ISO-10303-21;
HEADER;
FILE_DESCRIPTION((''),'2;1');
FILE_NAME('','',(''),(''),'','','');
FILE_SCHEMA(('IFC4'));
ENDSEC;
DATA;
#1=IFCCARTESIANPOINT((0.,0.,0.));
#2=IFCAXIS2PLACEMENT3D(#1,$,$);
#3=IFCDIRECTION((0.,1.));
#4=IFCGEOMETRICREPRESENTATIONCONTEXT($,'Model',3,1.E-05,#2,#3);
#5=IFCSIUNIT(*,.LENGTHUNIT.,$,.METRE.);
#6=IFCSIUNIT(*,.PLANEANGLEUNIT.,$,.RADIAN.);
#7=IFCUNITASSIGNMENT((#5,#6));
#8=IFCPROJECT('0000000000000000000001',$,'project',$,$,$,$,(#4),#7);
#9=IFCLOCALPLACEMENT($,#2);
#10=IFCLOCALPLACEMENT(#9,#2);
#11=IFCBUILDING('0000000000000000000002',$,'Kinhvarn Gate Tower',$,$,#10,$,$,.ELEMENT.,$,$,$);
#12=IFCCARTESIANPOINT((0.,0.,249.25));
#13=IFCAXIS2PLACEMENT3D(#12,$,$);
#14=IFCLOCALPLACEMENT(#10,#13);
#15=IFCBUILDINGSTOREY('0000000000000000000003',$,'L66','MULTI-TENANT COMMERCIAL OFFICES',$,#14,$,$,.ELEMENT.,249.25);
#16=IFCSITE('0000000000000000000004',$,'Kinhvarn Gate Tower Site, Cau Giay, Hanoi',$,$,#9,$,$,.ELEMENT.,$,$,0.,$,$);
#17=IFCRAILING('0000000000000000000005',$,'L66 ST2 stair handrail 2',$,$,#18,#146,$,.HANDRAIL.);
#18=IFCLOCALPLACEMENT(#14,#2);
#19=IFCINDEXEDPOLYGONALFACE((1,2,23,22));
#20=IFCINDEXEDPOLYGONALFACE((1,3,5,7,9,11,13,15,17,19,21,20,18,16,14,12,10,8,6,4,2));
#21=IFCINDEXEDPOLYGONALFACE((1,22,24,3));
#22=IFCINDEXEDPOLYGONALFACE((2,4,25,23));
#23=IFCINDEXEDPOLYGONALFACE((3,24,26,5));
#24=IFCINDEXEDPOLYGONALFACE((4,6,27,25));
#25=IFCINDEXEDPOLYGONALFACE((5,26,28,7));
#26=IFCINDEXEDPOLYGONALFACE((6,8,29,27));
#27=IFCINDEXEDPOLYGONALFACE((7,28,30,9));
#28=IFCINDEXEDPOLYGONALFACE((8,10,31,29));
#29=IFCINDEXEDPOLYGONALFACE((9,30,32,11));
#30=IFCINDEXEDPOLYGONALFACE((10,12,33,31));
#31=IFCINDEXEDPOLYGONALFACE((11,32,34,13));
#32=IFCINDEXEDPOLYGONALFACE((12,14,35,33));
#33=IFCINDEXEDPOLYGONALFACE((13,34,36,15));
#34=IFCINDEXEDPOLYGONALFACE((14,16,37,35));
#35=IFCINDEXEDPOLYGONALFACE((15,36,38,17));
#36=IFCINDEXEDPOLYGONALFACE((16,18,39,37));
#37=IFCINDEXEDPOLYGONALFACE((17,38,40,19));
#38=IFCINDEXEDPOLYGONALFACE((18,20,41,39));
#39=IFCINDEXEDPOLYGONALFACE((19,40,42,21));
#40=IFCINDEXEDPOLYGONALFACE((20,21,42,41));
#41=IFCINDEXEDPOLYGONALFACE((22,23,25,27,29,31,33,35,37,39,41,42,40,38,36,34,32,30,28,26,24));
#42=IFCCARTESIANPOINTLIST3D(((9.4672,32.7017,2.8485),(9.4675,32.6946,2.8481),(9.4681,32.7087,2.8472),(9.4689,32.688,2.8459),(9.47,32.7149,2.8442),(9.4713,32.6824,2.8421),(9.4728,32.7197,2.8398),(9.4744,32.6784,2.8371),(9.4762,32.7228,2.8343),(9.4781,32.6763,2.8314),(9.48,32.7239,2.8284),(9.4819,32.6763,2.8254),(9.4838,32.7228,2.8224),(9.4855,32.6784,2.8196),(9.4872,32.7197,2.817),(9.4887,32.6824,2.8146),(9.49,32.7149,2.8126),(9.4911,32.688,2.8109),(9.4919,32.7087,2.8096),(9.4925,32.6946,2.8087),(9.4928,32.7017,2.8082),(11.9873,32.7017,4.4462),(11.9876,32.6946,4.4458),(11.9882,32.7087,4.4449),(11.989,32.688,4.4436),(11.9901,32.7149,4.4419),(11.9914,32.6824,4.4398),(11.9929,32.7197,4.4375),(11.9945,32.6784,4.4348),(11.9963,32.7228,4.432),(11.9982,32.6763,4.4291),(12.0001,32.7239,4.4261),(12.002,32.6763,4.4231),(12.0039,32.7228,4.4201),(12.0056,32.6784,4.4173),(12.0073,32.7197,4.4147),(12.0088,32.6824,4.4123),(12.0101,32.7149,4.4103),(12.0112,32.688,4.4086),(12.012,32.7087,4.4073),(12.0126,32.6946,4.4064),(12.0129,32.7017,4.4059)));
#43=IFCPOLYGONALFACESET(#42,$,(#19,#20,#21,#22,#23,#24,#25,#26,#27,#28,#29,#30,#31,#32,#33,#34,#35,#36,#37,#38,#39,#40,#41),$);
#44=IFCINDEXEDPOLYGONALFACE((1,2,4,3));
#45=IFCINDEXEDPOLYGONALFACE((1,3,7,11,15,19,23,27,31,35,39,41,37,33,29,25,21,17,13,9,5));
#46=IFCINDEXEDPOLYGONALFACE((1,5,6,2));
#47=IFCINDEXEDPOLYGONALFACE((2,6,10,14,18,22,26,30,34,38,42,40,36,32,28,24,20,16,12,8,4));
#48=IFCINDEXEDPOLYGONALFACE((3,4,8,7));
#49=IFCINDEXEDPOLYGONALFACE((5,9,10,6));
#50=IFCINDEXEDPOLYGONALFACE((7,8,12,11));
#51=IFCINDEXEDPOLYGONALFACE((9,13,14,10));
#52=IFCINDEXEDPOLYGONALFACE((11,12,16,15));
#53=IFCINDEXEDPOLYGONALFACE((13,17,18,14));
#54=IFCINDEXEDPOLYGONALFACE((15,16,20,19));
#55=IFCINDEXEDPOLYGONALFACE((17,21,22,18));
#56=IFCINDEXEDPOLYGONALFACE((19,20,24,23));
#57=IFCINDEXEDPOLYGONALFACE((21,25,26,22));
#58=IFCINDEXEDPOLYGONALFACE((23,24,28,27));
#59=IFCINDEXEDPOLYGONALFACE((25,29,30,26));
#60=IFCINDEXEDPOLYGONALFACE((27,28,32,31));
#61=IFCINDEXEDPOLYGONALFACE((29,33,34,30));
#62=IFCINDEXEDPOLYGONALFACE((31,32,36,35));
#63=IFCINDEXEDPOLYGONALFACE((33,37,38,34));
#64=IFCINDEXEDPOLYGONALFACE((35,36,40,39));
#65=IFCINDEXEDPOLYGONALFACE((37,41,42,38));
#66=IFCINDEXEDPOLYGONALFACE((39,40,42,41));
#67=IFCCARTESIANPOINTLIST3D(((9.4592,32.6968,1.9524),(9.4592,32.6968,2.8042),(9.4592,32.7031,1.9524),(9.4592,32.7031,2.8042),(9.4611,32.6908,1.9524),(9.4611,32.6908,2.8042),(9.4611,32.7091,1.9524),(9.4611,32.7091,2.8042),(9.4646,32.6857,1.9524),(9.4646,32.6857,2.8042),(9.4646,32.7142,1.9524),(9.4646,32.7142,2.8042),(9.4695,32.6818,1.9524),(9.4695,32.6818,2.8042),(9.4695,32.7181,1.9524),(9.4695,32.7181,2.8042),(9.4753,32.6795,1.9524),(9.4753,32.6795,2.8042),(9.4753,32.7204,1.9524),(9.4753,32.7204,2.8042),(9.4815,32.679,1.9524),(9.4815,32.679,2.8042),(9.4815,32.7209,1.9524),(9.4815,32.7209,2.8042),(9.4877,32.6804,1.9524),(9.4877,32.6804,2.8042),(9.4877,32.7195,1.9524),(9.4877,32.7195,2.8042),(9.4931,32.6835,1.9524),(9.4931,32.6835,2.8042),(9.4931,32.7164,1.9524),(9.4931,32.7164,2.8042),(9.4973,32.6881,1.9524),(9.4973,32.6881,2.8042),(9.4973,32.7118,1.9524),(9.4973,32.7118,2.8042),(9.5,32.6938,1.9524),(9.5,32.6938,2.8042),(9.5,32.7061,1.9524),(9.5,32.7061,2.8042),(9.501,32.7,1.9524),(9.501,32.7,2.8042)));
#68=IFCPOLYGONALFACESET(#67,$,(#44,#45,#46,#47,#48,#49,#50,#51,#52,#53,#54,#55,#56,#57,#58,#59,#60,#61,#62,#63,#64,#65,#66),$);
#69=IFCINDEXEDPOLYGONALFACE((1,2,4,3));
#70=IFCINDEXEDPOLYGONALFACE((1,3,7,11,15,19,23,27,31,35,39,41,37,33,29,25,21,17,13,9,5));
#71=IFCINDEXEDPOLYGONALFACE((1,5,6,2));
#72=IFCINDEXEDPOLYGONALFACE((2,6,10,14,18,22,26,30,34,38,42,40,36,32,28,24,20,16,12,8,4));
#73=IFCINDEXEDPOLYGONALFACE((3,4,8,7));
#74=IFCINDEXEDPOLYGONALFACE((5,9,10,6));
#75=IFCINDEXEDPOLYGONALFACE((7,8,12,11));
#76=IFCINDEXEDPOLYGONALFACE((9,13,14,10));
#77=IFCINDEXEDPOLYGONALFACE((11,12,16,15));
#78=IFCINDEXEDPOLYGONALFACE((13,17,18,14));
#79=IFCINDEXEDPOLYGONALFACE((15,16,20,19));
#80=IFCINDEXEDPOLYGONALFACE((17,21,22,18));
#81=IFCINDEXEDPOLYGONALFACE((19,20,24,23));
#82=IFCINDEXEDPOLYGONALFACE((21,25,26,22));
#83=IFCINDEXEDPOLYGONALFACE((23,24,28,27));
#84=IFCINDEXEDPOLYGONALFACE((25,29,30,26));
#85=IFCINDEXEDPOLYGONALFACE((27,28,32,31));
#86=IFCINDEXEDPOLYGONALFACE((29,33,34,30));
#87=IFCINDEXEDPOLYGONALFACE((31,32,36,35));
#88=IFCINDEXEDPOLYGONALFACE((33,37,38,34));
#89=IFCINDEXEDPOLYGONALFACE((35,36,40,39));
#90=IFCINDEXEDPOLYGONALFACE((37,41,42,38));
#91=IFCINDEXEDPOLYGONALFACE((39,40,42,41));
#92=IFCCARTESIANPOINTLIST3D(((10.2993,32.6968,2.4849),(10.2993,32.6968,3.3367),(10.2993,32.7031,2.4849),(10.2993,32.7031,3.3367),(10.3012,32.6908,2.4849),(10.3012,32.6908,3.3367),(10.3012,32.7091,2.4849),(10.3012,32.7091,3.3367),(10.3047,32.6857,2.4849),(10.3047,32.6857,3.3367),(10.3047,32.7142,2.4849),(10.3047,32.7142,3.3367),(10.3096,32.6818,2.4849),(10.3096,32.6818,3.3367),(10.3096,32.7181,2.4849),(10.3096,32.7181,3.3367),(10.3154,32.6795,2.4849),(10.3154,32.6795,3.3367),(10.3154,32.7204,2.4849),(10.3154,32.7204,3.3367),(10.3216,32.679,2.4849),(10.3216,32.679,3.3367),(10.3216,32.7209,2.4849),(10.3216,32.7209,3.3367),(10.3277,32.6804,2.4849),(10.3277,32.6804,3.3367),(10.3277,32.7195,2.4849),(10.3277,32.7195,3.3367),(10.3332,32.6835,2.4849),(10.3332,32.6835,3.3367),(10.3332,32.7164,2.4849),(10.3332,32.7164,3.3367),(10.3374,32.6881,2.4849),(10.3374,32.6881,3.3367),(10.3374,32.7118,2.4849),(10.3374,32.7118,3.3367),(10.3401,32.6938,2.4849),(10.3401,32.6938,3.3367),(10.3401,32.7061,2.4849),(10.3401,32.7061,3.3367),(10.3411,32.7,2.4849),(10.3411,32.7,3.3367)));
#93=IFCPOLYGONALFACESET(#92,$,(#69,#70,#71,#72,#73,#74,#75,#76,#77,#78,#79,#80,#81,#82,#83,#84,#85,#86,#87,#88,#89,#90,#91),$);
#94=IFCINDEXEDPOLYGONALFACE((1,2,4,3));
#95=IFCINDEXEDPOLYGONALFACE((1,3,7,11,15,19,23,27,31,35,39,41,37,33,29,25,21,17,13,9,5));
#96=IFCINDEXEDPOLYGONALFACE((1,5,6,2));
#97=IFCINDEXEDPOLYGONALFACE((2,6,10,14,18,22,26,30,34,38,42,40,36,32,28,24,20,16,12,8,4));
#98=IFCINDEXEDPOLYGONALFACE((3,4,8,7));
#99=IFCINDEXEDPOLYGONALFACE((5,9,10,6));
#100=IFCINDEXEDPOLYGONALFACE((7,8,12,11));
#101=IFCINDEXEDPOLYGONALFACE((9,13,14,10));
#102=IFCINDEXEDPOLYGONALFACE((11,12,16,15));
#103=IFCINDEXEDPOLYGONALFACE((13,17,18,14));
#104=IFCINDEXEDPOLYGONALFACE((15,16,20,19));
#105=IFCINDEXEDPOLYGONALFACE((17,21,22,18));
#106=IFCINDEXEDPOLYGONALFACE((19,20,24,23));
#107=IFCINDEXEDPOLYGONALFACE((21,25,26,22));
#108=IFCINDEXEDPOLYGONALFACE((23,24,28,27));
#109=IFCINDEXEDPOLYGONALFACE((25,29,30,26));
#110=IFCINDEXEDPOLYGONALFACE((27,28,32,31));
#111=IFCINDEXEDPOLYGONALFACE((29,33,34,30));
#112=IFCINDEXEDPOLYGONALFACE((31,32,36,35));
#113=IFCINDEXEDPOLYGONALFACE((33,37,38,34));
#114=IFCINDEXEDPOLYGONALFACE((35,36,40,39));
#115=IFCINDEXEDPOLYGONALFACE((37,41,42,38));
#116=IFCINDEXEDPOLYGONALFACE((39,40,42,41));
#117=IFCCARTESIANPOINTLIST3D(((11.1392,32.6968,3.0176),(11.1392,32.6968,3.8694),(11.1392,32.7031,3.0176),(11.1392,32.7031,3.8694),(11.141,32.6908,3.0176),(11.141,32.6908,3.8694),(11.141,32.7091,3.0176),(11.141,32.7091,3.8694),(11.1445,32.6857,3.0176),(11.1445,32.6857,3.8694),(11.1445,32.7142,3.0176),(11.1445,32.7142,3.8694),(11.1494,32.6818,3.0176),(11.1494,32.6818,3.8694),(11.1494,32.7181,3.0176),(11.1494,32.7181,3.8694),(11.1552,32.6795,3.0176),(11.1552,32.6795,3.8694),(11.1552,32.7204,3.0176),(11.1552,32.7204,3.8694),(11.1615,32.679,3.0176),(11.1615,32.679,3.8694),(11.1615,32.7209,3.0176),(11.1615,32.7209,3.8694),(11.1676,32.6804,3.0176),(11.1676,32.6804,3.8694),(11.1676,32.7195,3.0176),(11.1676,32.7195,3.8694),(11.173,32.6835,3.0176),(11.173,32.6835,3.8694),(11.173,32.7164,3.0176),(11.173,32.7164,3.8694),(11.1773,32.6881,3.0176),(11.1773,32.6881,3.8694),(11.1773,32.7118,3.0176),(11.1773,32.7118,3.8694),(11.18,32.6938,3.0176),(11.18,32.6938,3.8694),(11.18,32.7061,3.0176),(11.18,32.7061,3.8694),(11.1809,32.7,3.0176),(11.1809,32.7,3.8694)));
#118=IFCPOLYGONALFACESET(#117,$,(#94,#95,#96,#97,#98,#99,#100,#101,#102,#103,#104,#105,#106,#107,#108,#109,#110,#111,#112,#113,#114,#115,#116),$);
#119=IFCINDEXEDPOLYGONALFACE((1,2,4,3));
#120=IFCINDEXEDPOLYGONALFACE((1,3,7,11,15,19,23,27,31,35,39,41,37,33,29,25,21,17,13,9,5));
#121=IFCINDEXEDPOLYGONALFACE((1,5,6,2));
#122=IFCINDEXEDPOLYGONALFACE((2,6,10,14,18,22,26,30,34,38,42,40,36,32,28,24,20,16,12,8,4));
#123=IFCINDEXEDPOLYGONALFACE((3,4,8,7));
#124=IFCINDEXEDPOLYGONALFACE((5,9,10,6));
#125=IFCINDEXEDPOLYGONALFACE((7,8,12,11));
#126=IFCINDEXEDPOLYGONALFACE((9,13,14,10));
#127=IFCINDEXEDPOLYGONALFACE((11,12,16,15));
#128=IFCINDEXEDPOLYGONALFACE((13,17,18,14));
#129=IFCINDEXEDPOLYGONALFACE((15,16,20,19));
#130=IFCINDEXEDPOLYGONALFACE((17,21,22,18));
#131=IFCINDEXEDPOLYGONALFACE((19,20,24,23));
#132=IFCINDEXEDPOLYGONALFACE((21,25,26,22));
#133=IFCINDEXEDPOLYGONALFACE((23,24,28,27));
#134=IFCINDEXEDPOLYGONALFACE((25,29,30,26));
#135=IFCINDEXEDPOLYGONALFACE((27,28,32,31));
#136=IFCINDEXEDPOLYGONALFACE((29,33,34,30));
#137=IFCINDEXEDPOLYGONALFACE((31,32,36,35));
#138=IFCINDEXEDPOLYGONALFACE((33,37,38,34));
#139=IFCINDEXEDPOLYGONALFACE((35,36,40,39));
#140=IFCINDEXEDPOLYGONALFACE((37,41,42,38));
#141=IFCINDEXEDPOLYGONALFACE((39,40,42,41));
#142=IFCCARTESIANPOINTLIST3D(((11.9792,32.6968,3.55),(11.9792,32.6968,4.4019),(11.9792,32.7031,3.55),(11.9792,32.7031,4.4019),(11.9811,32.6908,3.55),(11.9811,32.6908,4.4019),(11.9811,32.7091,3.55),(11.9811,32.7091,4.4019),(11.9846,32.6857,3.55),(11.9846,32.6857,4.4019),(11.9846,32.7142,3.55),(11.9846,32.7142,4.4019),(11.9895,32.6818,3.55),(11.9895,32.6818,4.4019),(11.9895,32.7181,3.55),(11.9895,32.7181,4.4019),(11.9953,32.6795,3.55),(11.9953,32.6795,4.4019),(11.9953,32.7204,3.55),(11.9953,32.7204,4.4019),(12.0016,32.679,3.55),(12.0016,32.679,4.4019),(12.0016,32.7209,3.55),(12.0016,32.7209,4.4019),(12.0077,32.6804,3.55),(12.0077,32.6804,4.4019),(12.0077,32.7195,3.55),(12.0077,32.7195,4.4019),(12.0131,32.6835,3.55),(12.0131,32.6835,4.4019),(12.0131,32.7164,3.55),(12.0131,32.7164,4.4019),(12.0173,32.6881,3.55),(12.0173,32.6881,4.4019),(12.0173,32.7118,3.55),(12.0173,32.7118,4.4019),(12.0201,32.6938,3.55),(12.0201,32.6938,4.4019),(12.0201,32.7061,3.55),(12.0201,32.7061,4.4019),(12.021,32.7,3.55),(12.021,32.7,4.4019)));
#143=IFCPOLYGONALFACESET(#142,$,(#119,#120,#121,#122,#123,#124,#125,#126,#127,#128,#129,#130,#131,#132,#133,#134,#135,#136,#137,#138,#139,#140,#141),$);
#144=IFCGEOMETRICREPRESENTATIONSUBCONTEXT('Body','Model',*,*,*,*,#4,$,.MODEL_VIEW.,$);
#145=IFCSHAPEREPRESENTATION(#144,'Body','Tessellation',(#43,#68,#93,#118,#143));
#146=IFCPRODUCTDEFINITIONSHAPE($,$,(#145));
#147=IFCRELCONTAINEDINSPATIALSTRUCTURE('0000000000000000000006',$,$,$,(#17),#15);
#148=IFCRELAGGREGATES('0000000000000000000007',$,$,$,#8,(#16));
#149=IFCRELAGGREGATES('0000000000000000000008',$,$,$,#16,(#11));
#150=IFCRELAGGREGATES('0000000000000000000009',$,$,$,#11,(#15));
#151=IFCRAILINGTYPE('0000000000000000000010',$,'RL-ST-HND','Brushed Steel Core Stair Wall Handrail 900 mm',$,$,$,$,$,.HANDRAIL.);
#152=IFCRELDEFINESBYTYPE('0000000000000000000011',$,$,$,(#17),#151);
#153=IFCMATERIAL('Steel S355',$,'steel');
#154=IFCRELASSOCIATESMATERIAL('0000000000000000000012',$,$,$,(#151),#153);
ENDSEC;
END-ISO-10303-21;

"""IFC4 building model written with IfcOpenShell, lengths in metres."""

from ifc_helpers import new_model, si_unit, direction, frame, origin, origin_2d, place, context, subcontext, project, spatial, circle, extrude, material, type_object, element, save


model = new_model("IFC4")

# Units and contexts
model_context = context("Model", 3, precision=1e-05, world=origin(), true_north=direction((0.0, 1.0)))
body_context = subcontext(model_context, "Body", "Model", "MODEL_VIEW")
ifc_project = project(units=[si_unit("LENGTHUNIT", "METRE"), si_unit("PLANEANGLEUNIT", "RADIAN")], contexts=[model_context])

# Site, building, storey
site_placement = place(None, origin())
site = spatial("IfcSite", under=ifc_project, at=site_placement, Name="Kinhvarn Gate Tower Site, Cau Giay, Hanoi", CompositionType="ELEMENT", RefElevation=0.0)
building_placement = place(site_placement, origin())
building = spatial("IfcBuilding", under=site, at=building_placement, Name="Kinhvarn Gate Tower", CompositionType="ELEMENT")
storey_placement = place(building_placement, frame((0.0, 0.0, 249.25)))
storey = spatial("IfcBuildingStorey", under=building, at=storey_placement, Name="L66", Description="MULTI-TENANT COMMERCIAL OFFICES", CompositionType="ELEMENT", Elevation=249.25)

# Railing
ifc_material_1 = material(Name="Steel S355", Category="steel")
railing_type_1 = type_object("IfcRailingType", Name="RL-ST-HND", Description="Brushed Steel Core Stair Wall Handrail 900 mm", PredefinedType="HANDRAIL", material=ifc_material_1)
railing_1_placement = place(storey_placement, frame((9.48, 32.7, 1.9524)))
element("IfcRailing", 1, at=railing_1_placement, inside=storey, type_object=railing_type_1, Name="L66 ST2 stair handrail 2", PredefinedType="HANDRAIL", context=body_context, shape_type="SweptSolid", body=[
    extrude(circle(Radius=0.0239, at=origin_2d()), frame((0.0, 0.0, 0.876), z_axis=(0.84457, 0.0, 0.535445), x_axis=(0.0, 1.0, 0.0)), (0.0, 0.0, 1.0), 2.9839),
    extrude(circle(Radius=0.021, at=origin_2d()), origin(), (0.0, 0.0, 1.0), 0.8518),
    extrude(circle(Radius=0.021, at=origin_2d()), frame((0.8401, 0.0, 0.5325)), (0.0, 0.0, 1.0), 0.8518),
    extrude(circle(Radius=0.021, at=origin_2d()), frame((1.6799, 0.0, 1.0652)), (0.0, 0.0, 1.0), 0.8518),
    extrude(circle(Radius=0.021, at=origin_2d()), frame((2.52, 0.0, 1.5977)), (0.0, 0.0, 1.0), 0.8518),
])

save(model, "model.ifc")
